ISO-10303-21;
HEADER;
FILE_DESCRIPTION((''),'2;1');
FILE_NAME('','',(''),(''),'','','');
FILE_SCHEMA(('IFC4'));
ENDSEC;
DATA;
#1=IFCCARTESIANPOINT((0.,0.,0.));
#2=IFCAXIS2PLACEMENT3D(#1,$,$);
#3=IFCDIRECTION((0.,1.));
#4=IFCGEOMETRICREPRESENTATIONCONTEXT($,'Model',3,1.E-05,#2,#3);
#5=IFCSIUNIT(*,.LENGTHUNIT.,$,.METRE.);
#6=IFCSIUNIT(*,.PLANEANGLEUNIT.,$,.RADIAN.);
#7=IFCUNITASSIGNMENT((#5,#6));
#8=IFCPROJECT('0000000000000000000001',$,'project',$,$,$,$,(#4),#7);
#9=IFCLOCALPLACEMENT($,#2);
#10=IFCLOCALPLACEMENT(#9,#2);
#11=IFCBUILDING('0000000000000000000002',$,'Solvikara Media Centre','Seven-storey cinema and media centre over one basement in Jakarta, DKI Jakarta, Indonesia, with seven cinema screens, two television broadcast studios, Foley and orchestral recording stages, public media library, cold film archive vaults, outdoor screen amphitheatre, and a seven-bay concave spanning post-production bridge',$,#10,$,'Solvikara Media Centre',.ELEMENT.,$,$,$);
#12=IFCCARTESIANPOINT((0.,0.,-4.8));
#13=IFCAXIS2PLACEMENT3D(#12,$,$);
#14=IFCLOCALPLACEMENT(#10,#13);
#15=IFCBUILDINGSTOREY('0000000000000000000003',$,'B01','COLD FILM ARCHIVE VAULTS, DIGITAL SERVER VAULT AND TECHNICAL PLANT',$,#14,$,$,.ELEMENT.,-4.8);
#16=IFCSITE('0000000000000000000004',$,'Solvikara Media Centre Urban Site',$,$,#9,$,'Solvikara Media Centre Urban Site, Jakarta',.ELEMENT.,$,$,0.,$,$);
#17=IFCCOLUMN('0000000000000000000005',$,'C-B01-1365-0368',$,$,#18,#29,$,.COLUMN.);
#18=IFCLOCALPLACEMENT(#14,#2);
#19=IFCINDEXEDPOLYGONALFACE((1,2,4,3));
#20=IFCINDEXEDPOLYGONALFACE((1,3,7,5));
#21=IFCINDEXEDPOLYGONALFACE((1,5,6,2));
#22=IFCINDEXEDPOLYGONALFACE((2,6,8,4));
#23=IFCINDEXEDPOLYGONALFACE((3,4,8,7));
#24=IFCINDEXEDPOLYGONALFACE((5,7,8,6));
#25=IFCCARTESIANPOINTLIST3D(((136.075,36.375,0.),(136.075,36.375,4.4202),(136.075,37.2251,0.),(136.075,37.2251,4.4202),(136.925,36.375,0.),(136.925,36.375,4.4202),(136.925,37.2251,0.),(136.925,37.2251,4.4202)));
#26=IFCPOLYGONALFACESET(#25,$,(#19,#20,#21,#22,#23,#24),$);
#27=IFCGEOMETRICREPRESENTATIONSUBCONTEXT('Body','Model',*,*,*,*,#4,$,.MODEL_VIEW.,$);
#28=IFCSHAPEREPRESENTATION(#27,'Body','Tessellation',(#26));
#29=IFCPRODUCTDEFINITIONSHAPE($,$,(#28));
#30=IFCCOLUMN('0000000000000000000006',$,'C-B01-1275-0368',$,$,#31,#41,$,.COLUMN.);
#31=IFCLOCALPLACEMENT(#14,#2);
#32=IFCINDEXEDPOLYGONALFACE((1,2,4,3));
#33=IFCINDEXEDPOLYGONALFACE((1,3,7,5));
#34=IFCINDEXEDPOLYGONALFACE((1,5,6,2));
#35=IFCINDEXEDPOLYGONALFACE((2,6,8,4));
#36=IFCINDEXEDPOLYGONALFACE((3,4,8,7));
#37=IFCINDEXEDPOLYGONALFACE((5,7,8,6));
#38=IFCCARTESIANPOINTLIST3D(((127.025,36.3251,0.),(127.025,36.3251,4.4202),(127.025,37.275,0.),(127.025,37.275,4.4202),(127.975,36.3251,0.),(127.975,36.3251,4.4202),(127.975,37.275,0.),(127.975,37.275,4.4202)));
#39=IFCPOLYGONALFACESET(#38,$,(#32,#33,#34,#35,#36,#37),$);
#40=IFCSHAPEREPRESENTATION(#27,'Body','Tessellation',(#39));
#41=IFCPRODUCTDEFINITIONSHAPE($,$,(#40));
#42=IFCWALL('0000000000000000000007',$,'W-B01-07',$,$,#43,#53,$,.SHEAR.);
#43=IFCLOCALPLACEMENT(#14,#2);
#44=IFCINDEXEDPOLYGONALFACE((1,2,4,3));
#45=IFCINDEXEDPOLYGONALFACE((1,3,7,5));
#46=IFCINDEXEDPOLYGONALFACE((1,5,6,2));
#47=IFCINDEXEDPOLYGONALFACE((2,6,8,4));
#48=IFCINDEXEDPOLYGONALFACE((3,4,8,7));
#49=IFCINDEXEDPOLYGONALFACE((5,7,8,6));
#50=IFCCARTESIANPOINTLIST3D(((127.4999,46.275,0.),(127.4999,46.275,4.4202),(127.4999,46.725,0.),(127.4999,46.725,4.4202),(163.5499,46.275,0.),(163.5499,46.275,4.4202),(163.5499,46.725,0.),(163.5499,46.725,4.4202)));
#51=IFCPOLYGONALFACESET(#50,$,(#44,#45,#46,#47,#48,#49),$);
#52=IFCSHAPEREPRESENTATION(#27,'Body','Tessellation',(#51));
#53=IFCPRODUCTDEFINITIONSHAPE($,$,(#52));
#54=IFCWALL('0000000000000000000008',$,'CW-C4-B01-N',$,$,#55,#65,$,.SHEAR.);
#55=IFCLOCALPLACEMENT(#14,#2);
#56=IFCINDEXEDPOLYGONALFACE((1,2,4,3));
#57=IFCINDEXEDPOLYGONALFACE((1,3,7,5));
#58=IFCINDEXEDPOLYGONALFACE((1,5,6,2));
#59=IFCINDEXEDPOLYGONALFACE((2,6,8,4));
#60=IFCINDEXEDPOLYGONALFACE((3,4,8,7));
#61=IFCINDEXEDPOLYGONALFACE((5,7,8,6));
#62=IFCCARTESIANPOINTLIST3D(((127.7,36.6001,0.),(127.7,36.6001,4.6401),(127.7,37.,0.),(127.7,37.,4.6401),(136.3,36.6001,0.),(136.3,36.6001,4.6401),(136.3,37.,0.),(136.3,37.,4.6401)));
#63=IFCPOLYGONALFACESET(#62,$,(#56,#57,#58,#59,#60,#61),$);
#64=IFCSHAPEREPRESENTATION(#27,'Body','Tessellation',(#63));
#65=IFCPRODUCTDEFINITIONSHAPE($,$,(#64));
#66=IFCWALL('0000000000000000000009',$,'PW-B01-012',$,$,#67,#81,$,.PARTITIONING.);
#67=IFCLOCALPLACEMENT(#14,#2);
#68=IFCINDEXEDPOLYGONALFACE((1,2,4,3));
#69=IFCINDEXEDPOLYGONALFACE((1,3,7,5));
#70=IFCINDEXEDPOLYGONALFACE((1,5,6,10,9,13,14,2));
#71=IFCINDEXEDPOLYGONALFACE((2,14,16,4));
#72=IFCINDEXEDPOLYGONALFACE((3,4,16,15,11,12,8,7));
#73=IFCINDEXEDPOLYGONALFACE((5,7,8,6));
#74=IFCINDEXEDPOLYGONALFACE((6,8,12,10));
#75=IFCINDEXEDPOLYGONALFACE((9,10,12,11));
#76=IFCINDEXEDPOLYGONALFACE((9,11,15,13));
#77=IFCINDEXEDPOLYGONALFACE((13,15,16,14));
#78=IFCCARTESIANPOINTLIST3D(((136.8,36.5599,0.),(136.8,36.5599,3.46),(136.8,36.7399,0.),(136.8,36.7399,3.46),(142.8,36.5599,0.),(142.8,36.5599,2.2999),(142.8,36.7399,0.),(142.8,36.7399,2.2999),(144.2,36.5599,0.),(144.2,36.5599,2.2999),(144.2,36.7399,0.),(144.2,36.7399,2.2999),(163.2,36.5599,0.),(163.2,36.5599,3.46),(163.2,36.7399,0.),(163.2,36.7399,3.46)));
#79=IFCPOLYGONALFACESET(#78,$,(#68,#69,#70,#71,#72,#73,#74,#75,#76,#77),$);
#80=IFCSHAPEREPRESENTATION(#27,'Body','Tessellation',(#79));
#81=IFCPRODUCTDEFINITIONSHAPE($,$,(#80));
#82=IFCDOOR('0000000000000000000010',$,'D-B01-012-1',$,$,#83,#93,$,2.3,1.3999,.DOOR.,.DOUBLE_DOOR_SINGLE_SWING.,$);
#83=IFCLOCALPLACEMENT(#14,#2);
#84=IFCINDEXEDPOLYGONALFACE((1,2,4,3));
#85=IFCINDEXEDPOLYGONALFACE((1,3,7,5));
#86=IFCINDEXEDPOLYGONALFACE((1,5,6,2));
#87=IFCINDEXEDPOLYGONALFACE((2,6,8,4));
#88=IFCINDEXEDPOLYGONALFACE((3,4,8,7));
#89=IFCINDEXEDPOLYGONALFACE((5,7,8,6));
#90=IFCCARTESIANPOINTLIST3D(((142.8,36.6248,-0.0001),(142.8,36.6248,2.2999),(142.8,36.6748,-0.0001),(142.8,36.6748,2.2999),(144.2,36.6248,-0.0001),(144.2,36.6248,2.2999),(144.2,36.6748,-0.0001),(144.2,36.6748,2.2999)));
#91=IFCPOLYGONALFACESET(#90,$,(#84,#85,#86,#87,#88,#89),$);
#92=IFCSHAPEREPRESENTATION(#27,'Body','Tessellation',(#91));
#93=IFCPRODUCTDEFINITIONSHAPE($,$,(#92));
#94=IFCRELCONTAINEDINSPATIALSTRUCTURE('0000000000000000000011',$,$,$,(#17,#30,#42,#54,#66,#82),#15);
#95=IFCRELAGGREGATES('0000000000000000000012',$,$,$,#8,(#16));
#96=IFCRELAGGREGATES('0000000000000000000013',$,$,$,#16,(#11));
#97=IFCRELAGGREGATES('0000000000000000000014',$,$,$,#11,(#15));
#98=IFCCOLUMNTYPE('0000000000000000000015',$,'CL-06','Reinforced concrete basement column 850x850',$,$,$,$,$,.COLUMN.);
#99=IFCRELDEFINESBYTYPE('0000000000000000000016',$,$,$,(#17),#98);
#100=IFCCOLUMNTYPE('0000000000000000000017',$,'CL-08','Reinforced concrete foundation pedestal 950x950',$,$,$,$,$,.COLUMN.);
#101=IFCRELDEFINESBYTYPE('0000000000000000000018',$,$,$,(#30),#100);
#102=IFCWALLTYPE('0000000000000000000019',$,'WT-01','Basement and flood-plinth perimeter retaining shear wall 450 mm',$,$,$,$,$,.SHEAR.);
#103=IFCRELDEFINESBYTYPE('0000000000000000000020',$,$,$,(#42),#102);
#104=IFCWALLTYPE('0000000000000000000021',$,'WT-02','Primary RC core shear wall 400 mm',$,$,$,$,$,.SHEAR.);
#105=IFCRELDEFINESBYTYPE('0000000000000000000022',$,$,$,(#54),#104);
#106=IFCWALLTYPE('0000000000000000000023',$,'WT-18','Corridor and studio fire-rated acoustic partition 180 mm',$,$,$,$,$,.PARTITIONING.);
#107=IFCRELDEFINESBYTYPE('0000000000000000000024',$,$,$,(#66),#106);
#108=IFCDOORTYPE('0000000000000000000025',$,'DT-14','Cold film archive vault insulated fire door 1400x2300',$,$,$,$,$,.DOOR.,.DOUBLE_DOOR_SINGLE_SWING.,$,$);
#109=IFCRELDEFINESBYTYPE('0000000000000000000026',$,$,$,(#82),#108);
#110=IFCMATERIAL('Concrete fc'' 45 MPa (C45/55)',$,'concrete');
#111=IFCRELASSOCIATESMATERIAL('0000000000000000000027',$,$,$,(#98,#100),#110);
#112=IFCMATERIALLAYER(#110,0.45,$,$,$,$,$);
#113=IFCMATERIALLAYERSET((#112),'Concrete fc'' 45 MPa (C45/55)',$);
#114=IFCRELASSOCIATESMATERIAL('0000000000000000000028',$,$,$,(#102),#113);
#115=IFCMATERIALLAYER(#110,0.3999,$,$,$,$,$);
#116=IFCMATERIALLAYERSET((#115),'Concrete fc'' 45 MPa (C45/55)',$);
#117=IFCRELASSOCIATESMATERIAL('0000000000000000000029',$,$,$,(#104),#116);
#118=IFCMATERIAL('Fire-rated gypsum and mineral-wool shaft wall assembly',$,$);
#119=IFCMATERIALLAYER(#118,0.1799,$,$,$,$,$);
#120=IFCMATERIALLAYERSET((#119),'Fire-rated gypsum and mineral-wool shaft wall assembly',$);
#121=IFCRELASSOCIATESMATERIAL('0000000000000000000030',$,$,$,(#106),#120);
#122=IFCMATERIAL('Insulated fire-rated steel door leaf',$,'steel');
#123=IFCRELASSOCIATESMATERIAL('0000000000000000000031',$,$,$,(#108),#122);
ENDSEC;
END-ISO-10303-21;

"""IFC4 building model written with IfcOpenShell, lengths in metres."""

from ifc_helpers import new_model, si_unit, direction, frame, frame_2d, origin, origin_2d, place, context, subcontext, project, spatial, rectangle, extrude, material, layer, layer_set, material_profile, profile_set, type_object, element, fill, save


model = new_model("IFC4")

# Units and contexts
model_context = context("Model", 3, precision=1e-05, world=origin(), true_north=direction((0.0, 1.0)))
body_context = subcontext(model_context, "Body", "Model", "MODEL_VIEW")
ifc_project = project(units=[si_unit("LENGTHUNIT", "METRE"), si_unit("PLANEANGLEUNIT", "RADIAN")], contexts=[model_context])

# Site, building, storey
site_placement = place(None, origin())
site = spatial("IfcSite", under=ifc_project, at=site_placement, Name="Solvikara Media Centre Urban Site", LongName="Solvikara Media Centre Urban Site, Jakarta", CompositionType="ELEMENT", RefElevation=0.0)
building_placement = place(site_placement, origin())
building = spatial("IfcBuilding", under=site, at=building_placement, Name="Solvikara Media Centre", Description="Seven-storey cinema and media centre over one basement in Jakarta, DKI Jakarta, Indonesia, with seven cinema screens, two television broadcast studios, Foley and orchestral recording stages, public media library, cold film archive vaults, outdoor screen amphitheatre, and a seven-bay concave spanning post-production bridge", LongName="Solvikara Media Centre", CompositionType="ELEMENT")
storey_placement = place(building_placement, frame((0.0, 0.0, -4.8)))
storey = spatial("IfcBuildingStorey", under=building, at=storey_placement, Name="B01", Description="COLD FILM ARCHIVE VAULTS, DIGITAL SERVER VAULT AND TECHNICAL PLANT", CompositionType="ELEMENT", Elevation=-4.8)

# Columns
ifc_material_1 = material(Name="Concrete fc' 45 MPa (C45/55)", Category="concrete")
ifc_material_profile_1 = material_profile(ifc_material_1, rectangle(XDim=0.8501, YDim=0.8501, at=origin_2d()), Name="RC 850x850")
ifc_profile_set_1 = profile_set([ifc_material_profile_1], Name="Concrete fc' 45 MPa (C45/55)")
column_type_1 = type_object("IfcColumnType", Name="CL-06", Description="Reinforced concrete basement column 850x850", PredefinedType="COLUMN", material=ifc_profile_set_1)
column_1_placement = place(storey_placement, frame((136.5, 36.8, 0.0), z_axis=(0.0, 0.0, 1.0), x_axis=(1.0, 0.0, 0.0)))
element("IfcColumn", 1, at=column_1_placement, inside=storey, type_object=column_type_1, Name="C-B01-1365-0368", PredefinedType="COLUMN", context=body_context, shape_type="SweptSolid", body=[
    extrude(rectangle(XDim=0.8501, YDim=0.8501, at=origin_2d()), origin(), (0.0, 0.0, 1.0), 4.4202),
])
ifc_material_profile_2 = material_profile(ifc_material_1, rectangle(XDim=0.95, YDim=0.95, at=origin_2d()), Name="RC 950x950")
ifc_profile_set_2 = profile_set([ifc_material_profile_2], Name="Concrete fc' 45 MPa (C45/55)")
column_type_2 = type_object("IfcColumnType", Name="CL-08", Description="Reinforced concrete foundation pedestal 950x950", PredefinedType="COLUMN", material=ifc_profile_set_2)
column_2_placement = place(storey_placement, frame((127.5, 36.8, 0.0), z_axis=(0.0, 0.0, 1.0), x_axis=(1.0, 0.0, 0.0)))
element("IfcColumn", 2, at=column_2_placement, inside=storey, type_object=column_type_2, Name="C-B01-1275-0368", PredefinedType="COLUMN", context=body_context, shape_type="SweptSolid", body=[
    extrude(rectangle(XDim=0.95, YDim=0.95, at=origin_2d()), origin(), (0.0, 0.0, 1.0), 4.4202),
])

# Walls
ifc_layer_1 = layer(ifc_material_1, 0.45)
ifc_layer_set_1 = layer_set([ifc_layer_1], Name="Concrete fc' 45 MPa (C45/55)")
wall_type_1 = type_object("IfcWallType", Name="WT-01", Description="Basement and flood-plinth perimeter retaining shear wall 450 mm", PredefinedType="SHEAR", material=ifc_layer_set_1)
wall_1_placement = place(storey_placement, frame((127.5, 46.5, 0.0), z_axis=(0.0, 0.0, 1.0), x_axis=(1.0, 0.0, 0.0)))
element("IfcWall", 3, at=wall_1_placement, inside=storey, type_object=wall_type_1, Name="W-B01-07", PredefinedType="SHEAR", context=body_context, shape_type="SweptSolid", body=[
    extrude(rectangle(XDim=36.05, YDim=0.45, at=frame_2d((18.0249, 0.0))), origin(), (0.0, 0.0, 1.0), 4.4202),
])
ifc_layer_2 = layer(ifc_material_1, 0.3999)
ifc_layer_set_2 = layer_set([ifc_layer_2], Name="Concrete fc' 45 MPa (C45/55)")
wall_type_2 = type_object("IfcWallType", Name="WT-02", Description="Primary RC core shear wall 400 mm", PredefinedType="SHEAR", material=ifc_layer_set_2)
wall_2_placement = place(storey_placement, frame((127.7, 36.8, 0.0), z_axis=(0.0, 0.0, 1.0), x_axis=(1.0, 0.0, 0.0)))
element("IfcWall", 4, at=wall_2_placement, inside=storey, type_object=wall_type_2, Name="CW-C4-B01-N", PredefinedType="SHEAR", context=body_context, shape_type="SweptSolid", body=[
    extrude(rectangle(XDim=8.6001, YDim=0.3999, at=frame_2d((4.3, 0.0))), origin(), (0.0, 0.0, 1.0), 4.6401),
])

# Wall, opening, door
ifc_material_2 = material(Name="Fire-rated gypsum and mineral-wool shaft wall assembly")
ifc_layer_3 = layer(ifc_material_2, 0.1799)
ifc_layer_set_3 = layer_set([ifc_layer_3], Name="Fire-rated gypsum and mineral-wool shaft wall assembly")
wall_type_3 = type_object("IfcWallType", Name="WT-18", Description="Corridor and studio fire-rated acoustic partition 180 mm", PredefinedType="PARTITIONING", material=ifc_layer_set_3)
wall_3_placement = place(storey_placement, frame((136.8, 36.6499, 0.0), z_axis=(0.0, 0.0, 1.0), x_axis=(1.0, 0.0, 0.0)))
wall_3 = element("IfcWall", 5, at=wall_3_placement, inside=storey, type_object=wall_type_3, Name="PW-B01-012", PredefinedType="PARTITIONING", context=body_context, shape_type="SweptSolid", body=[
    extrude(rectangle(XDim=26.3999, YDim=0.1799, at=frame_2d((13.2, 0.0))), origin(), (0.0, 0.0, 1.0), 3.46),
])
opening_placement = place(wall_3_placement, frame((6.0, 0.0, 0.0)))
opening = element("IfcOpeningElement", 6, at=opening_placement, cuts=wall_3, PredefinedType="OPENING", context=body_context, shape_type="SweptSolid", body=[
    extrude(rectangle(XDim=1.3999, YDim=2.3, at=frame_2d((0.7, 1.1499))), frame((0.0, 0.1021, 0.0), z_axis=(0.0, -1.0, 0.0), x_axis=(1.0, 0.0, 0.0)), (0.0, 0.0, 1.0), 0.2039),
])
ifc_material_3 = material(Name="Insulated fire-rated steel door leaf", Category="steel")
door_type = type_object("IfcDoorType", Name="DT-14", Description="Cold film archive vault insulated fire door 1400x2300", OperationType="DOUBLE_DOOR_SINGLE_SWING", PredefinedType="DOOR", material=ifc_material_3)
door_placement = place(opening_placement, origin())
door = element("IfcDoor", 7, at=door_placement, inside=storey, type_object=door_type, Name="D-B01-012-1", OperationType="DOUBLE_DOOR_SINGLE_SWING", OverallHeight=2.3, OverallWidth=1.3999, PredefinedType="DOOR", context=body_context, shape_type="SweptSolid", body=[
    extrude(rectangle(XDim=1.3999, YDim=2.3, at=frame_2d((0.7, 1.1499))), frame((0.0, 0.0249, 0.0), z_axis=(0.0, -1.0, 0.0), x_axis=(1.0, 0.0, 0.0)), (0.0, 0.0, 1.0), 0.05),
])
fill(opening, door)

save(model, "model.ifc")
